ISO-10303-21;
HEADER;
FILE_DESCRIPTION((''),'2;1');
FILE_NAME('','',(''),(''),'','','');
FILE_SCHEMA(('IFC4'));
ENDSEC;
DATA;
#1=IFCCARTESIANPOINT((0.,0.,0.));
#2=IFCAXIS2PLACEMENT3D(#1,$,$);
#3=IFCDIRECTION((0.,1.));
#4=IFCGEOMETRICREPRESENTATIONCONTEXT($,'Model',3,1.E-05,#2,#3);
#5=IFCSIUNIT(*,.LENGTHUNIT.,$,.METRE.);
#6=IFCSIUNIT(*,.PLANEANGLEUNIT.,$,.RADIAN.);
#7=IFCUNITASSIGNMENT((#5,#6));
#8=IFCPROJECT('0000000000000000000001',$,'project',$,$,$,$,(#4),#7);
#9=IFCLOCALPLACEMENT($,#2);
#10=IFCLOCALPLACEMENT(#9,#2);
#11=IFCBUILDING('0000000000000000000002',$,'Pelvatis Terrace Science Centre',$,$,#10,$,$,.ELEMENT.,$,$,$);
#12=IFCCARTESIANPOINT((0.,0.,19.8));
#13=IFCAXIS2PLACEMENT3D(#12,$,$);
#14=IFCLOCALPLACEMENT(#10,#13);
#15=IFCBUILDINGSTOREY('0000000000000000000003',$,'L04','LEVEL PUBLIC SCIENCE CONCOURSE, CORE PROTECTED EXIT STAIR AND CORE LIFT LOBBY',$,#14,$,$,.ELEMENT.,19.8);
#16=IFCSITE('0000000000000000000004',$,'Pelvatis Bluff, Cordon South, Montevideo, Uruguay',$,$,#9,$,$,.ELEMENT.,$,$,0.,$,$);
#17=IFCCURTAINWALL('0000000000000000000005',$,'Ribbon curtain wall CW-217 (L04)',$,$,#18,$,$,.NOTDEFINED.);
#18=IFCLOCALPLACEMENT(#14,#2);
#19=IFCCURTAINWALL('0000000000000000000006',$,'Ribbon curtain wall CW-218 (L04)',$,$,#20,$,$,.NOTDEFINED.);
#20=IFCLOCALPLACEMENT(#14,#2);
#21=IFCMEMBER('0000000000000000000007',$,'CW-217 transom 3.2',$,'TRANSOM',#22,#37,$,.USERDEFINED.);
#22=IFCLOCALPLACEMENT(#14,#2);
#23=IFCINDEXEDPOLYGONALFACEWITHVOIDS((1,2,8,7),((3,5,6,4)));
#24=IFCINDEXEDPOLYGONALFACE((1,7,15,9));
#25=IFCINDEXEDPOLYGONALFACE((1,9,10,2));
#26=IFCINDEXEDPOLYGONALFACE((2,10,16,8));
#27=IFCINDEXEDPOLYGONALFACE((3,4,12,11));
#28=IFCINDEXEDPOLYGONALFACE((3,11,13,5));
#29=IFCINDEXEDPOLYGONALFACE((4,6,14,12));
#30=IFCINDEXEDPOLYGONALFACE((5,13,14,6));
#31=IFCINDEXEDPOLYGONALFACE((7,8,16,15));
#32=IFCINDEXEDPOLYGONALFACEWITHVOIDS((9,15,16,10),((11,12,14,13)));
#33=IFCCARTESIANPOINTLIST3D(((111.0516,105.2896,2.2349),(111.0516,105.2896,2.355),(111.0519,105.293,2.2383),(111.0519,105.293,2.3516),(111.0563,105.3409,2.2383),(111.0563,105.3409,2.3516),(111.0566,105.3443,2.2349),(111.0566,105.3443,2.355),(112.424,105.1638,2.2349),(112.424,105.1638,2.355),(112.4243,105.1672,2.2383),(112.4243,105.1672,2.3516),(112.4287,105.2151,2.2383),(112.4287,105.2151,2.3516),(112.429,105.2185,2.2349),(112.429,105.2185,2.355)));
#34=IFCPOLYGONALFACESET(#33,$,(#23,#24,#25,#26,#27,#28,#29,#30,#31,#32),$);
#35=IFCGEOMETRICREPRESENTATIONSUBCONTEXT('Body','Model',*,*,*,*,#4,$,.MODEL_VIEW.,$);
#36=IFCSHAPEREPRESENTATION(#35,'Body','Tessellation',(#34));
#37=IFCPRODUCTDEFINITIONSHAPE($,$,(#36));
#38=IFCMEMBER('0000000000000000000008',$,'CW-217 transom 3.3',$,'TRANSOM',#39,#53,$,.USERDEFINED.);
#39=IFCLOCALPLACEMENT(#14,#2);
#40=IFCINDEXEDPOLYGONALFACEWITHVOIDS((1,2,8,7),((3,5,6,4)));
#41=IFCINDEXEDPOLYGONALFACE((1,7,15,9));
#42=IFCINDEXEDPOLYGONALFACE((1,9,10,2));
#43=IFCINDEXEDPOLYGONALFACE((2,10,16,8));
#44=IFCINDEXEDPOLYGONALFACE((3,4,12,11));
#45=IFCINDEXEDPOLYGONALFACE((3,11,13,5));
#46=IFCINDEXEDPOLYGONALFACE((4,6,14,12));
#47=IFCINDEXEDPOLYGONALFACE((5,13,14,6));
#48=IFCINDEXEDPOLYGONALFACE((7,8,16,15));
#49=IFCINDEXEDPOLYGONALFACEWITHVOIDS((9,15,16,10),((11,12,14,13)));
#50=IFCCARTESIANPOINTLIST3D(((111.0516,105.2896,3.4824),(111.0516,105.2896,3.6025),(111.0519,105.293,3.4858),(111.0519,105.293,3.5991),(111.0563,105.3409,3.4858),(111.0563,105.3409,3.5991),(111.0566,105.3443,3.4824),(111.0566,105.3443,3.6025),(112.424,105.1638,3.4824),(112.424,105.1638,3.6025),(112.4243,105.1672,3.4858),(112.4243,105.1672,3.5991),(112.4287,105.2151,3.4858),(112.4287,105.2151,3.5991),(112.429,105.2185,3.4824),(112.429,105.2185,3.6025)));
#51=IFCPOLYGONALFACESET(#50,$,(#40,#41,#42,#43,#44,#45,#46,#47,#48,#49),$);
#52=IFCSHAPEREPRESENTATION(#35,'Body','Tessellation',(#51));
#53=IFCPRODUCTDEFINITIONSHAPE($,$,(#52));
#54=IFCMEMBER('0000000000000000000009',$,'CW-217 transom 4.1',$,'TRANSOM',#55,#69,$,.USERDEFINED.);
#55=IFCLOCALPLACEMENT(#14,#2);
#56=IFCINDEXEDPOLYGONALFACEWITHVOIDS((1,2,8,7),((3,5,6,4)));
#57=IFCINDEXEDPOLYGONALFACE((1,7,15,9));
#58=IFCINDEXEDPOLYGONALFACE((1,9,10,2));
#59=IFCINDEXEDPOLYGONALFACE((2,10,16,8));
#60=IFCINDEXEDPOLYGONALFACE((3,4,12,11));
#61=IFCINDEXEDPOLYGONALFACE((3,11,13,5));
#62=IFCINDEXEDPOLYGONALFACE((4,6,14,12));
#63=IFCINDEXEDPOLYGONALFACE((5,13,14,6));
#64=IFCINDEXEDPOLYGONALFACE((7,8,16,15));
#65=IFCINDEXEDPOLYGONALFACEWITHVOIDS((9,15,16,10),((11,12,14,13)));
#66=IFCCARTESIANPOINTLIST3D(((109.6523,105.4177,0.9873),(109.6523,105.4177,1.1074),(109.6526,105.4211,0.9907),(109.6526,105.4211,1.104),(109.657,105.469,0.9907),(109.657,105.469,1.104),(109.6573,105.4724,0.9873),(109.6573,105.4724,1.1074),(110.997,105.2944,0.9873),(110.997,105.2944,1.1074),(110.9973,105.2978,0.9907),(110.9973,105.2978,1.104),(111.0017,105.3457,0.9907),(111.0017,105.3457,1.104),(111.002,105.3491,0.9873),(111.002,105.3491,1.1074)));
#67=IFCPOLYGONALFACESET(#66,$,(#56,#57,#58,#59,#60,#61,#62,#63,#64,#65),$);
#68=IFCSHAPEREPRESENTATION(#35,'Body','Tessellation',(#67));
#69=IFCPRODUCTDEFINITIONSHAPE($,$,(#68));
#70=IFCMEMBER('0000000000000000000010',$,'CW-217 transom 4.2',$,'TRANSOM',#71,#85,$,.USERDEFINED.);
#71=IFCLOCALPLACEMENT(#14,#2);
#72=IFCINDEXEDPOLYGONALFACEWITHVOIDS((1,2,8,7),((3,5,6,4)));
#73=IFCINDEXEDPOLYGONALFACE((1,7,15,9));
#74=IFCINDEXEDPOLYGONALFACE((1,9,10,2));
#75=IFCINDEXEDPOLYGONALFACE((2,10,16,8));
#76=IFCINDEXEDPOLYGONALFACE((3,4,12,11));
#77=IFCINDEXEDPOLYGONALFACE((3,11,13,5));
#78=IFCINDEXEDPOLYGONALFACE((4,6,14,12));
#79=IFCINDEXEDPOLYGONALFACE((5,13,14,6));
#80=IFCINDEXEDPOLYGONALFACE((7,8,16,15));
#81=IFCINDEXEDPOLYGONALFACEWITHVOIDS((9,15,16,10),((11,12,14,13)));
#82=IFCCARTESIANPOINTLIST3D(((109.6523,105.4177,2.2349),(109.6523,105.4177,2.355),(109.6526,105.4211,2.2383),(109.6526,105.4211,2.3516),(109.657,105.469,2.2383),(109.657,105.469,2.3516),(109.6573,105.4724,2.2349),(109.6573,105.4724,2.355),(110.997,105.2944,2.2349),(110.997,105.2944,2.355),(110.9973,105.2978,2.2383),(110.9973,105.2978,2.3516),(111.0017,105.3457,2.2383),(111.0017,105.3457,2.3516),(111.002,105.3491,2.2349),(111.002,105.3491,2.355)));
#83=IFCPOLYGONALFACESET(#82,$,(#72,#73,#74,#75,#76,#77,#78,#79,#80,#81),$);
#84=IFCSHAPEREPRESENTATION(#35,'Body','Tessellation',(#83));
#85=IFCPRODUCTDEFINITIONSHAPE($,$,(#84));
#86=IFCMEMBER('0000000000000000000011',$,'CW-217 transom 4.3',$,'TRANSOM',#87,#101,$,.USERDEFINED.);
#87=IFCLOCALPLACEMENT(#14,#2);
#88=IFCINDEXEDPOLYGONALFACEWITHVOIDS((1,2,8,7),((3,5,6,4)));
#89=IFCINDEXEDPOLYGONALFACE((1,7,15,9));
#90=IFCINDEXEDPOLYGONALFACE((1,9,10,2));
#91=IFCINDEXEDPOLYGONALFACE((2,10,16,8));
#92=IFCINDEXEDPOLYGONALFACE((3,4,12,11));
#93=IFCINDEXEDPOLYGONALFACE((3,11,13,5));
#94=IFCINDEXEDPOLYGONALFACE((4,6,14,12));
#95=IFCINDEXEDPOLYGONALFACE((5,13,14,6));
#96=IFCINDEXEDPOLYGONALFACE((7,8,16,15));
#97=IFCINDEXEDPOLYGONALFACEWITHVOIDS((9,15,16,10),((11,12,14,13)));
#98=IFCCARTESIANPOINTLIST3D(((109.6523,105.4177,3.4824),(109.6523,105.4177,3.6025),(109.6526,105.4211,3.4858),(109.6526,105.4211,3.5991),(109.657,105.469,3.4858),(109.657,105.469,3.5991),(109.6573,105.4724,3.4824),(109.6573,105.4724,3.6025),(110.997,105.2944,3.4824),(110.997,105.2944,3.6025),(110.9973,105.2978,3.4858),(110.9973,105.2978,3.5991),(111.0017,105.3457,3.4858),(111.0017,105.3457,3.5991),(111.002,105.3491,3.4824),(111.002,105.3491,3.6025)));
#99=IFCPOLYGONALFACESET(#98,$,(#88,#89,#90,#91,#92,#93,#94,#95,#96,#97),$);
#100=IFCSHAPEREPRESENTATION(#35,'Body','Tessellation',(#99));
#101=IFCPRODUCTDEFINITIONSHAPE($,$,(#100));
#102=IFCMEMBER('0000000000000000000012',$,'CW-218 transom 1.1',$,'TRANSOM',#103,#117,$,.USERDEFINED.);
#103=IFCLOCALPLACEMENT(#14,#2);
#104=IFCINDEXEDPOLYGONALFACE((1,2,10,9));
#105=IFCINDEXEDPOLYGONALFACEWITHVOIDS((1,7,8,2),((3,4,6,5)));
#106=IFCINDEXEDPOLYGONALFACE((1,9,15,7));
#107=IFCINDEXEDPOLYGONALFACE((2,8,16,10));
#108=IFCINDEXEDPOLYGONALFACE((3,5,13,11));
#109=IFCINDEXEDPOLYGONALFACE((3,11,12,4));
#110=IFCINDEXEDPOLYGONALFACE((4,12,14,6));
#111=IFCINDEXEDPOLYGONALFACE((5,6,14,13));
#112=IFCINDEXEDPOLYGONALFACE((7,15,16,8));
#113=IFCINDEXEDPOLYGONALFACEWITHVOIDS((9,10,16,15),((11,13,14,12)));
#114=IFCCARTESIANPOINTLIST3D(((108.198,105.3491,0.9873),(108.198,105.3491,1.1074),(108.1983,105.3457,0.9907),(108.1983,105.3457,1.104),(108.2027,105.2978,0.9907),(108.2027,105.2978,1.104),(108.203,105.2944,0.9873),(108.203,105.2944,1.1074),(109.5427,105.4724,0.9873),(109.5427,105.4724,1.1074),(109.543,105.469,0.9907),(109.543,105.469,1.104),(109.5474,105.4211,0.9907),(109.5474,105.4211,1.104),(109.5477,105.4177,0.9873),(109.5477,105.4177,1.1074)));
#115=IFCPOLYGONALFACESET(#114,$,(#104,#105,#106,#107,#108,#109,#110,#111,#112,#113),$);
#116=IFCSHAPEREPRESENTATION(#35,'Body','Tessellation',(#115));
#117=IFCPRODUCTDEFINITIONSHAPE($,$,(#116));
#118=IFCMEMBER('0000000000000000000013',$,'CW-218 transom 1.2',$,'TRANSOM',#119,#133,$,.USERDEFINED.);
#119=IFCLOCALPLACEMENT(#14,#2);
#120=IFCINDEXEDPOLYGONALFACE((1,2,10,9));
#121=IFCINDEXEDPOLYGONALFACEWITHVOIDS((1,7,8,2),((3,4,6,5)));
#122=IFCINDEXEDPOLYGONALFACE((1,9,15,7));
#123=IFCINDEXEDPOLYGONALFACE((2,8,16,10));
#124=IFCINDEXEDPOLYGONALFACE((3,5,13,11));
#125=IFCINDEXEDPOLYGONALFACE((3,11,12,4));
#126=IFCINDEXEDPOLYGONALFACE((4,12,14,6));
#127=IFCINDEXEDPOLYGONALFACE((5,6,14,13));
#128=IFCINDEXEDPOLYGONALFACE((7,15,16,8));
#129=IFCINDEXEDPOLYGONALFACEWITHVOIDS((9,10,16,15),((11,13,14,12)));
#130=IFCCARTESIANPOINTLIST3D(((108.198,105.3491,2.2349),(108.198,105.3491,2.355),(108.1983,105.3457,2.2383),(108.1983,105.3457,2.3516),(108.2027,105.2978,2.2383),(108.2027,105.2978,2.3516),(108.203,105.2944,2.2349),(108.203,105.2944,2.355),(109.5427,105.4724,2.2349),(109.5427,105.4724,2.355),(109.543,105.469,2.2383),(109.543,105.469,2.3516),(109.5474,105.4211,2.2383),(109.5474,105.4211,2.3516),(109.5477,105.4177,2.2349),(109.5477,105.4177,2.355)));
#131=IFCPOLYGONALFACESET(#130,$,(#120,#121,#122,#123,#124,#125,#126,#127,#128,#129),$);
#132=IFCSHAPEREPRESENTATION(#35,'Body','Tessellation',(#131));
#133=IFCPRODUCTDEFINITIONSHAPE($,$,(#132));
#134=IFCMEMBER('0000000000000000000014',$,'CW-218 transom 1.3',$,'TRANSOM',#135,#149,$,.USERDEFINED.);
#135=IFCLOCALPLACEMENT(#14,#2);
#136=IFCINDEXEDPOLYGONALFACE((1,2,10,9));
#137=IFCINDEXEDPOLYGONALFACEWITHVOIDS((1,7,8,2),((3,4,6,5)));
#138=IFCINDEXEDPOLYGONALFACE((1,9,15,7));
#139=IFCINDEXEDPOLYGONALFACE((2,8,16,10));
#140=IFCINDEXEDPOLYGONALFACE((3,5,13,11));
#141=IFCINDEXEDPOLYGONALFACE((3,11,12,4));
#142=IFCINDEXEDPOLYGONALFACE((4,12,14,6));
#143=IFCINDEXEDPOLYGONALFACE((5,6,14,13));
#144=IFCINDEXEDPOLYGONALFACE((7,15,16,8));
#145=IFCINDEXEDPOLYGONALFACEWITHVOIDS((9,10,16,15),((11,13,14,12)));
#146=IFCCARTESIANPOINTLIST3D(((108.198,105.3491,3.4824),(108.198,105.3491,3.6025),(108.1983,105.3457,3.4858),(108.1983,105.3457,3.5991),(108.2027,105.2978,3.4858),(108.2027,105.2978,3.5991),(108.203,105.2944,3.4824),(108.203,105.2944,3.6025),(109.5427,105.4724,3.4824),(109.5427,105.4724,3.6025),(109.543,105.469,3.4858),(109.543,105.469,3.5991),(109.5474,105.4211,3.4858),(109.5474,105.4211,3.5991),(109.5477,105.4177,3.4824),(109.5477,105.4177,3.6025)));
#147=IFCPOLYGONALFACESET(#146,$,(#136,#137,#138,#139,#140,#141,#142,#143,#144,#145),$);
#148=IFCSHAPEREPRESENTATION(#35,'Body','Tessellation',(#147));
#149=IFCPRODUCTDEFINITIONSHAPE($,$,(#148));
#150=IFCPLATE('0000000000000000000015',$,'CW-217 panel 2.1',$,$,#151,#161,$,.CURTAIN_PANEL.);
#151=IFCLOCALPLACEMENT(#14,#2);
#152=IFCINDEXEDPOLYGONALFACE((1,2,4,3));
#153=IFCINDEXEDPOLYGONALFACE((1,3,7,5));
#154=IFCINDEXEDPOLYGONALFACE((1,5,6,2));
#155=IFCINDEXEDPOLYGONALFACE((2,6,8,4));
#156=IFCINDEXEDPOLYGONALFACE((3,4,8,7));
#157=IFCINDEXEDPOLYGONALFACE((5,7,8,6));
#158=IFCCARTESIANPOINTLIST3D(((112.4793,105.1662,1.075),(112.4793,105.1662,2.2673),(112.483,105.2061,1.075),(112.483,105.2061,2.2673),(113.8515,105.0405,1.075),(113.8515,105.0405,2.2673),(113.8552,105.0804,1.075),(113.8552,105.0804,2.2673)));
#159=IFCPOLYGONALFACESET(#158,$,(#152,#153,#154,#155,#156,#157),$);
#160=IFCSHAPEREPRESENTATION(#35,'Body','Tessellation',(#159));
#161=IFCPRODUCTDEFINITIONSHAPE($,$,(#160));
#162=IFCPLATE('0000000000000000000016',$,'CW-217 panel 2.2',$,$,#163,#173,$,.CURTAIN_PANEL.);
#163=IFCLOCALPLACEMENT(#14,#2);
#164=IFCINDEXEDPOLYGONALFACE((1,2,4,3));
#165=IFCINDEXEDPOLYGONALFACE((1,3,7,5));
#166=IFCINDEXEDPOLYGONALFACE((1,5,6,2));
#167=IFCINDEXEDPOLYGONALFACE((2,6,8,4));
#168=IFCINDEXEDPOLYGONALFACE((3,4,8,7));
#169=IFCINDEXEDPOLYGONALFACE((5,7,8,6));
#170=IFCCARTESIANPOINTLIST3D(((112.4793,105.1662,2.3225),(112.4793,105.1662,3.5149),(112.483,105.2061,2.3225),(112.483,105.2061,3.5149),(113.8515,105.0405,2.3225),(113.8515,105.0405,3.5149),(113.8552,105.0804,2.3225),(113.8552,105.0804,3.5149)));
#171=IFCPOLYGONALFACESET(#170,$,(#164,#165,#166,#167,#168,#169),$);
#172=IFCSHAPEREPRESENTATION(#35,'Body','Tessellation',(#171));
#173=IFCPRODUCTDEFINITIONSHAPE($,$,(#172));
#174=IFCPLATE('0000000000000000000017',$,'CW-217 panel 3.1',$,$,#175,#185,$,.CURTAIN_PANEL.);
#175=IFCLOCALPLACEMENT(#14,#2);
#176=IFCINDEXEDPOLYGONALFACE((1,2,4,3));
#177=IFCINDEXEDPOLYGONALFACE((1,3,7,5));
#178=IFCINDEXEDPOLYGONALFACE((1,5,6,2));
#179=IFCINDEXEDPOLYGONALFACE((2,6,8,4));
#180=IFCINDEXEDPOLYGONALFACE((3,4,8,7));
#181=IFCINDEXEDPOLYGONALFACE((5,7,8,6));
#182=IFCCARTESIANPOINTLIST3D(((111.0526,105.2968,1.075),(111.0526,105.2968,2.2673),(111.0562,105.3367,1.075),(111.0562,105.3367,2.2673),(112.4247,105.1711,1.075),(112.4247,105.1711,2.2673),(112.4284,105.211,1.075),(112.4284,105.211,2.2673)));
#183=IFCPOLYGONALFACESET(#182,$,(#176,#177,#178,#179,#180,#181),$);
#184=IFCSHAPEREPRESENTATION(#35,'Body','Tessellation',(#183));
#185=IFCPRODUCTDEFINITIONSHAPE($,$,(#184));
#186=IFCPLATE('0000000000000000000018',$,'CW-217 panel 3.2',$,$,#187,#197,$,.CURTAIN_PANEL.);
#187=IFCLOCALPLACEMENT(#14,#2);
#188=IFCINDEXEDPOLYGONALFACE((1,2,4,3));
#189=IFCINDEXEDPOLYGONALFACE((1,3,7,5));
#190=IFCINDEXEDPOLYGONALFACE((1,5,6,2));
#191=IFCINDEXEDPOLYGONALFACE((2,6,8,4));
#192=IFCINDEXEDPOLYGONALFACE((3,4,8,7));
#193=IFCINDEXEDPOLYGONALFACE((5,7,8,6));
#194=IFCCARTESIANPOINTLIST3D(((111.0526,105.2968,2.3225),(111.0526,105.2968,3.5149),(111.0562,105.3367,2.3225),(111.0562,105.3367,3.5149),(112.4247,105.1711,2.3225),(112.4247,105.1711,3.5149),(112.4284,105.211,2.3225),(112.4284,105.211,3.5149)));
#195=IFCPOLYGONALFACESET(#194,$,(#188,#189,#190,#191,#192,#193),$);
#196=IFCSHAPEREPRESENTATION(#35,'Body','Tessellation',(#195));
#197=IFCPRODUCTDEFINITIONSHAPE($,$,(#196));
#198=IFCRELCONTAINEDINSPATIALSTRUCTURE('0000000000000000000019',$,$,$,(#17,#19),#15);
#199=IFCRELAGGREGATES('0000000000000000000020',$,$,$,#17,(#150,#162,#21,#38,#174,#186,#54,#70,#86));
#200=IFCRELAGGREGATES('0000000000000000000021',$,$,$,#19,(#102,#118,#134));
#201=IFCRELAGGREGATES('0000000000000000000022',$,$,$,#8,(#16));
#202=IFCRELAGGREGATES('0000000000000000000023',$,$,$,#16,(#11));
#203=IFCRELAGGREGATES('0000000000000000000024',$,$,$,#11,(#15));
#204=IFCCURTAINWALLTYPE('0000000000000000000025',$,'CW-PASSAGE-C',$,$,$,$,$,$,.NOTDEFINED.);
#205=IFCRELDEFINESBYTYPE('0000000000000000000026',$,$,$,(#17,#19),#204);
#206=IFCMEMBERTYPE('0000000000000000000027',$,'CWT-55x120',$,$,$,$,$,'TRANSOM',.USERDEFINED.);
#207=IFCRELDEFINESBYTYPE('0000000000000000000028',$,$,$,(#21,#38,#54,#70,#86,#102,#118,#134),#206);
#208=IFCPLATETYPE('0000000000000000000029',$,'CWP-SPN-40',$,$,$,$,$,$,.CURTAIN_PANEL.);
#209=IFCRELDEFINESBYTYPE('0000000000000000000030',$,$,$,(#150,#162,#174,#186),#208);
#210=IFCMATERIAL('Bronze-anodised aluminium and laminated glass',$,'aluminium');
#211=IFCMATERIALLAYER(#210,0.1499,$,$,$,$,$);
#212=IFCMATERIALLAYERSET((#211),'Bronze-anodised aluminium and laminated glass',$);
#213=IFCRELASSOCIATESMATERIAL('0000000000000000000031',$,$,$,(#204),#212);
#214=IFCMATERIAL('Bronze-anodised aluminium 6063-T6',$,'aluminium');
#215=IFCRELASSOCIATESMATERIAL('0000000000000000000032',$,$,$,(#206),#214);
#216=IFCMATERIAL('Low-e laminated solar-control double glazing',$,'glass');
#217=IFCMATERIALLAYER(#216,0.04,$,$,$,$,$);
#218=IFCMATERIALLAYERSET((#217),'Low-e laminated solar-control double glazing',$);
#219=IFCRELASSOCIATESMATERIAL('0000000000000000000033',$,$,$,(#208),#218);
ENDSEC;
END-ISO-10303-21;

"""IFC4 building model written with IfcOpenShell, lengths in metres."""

from ifc_helpers import new_model, si_unit, direction, frame, origin, origin_2d, place, context, subcontext, project, spatial, rectangle, hollow_rectangle, extrude, material, layer, layer_set, material_profile, profile_set, type_object, element, aggregate, save


model = new_model("IFC4")

# Units and contexts
model_context = context("Model", 3, precision=1e-05, world=origin(), true_north=direction((0.0, 1.0)))
body_context = subcontext(model_context, "Body", "Model", "MODEL_VIEW")
ifc_project = project(units=[si_unit("LENGTHUNIT", "METRE"), si_unit("PLANEANGLEUNIT", "RADIAN")], contexts=[model_context])

# Site, building, storey
site_placement = place(None, origin())
site = spatial("IfcSite", under=ifc_project, at=site_placement, Name="Pelvatis Bluff, Cordon South, Montevideo, Uruguay", CompositionType="ELEMENT", RefElevation=0.0)
building_placement = place(site_placement, origin())
building = spatial("IfcBuilding", under=site, at=building_placement, Name="Pelvatis Terrace Science Centre", CompositionType="ELEMENT")
storey_placement = place(building_placement, frame((0.0, 0.0, 19.8)))
storey = spatial("IfcBuildingStorey", under=building, at=storey_placement, Name="L04", Description="LEVEL PUBLIC SCIENCE CONCOURSE, CORE PROTECTED EXIT STAIR AND CORE LIFT LOBBY", CompositionType="ELEMENT", Elevation=19.8)

# Curtain wall
ifc_material_1 = material(Name="Bronze-anodised aluminium and laminated glass", Category="aluminium")
ifc_layer_1 = layer(ifc_material_1, 0.1499)
ifc_layer_set_1 = layer_set([ifc_layer_1], Name="Bronze-anodised aluminium and laminated glass")
curtain_wall_type = type_object("IfcCurtainWallType", Name="CW-PASSAGE-C", PredefinedType="NOTDEFINED", material=ifc_layer_set_1)
curtain_wall_1_placement = place(storey_placement, origin())
curtain_wall_1 = element("IfcCurtainWall", 1, at=curtain_wall_1_placement, inside=storey, type_object=curtain_wall_type, Name="Ribbon curtain wall CW-217 (L04)", PredefinedType="NOTDEFINED")

# Curtain wall
curtain_wall_2_placement = place(storey_placement, origin())
curtain_wall_2 = element("IfcCurtainWall", 2, at=curtain_wall_2_placement, inside=storey, type_object=curtain_wall_type, Name="Ribbon curtain wall CW-218 (L04)", PredefinedType="NOTDEFINED")

# Members
ifc_material_2 = material(Name="Bronze-anodised aluminium 6063-T6", Category="aluminium")
ifc_material_profile_1 = material_profile(ifc_material_2, hollow_rectangle(XDim=0.0549, YDim=0.1201, WallThickness=0.0034, at=origin_2d()), Name="ALU-TRN 55x120")
ifc_profile_set_1 = profile_set([ifc_material_profile_1], Name="Bronze-anodised aluminium 6063-T6")
member_type_1 = type_object("IfcMemberType", Name="CWT-55x120", ElementType="TRANSOM", PredefinedType="USERDEFINED", material=ifc_profile_set_1)
member_1_placement = place(storey_placement, frame((112.4265, 105.1912, 2.2949), z_axis=(-0.995829, 0.091239, 0.0), x_axis=(-0.091239, -0.995829, 0.0)))
member_1 = element("IfcMember", 3, at=member_1_placement, type_object=member_type_1, Name="CW-217 transom 3.2", ObjectType="TRANSOM", PredefinedType="USERDEFINED", context=body_context, shape_type="SweptSolid", body=[
    extrude(hollow_rectangle(XDim=0.0549, YDim=0.1201, WallThickness=0.0034, at=origin_2d()), origin(), (0.0, 0.0, 1.0), 1.3782),
])
member_2_placement = place(storey_placement, frame((112.4265, 105.1912, 3.5425), z_axis=(-0.995829, 0.091239, 0.0), x_axis=(-0.091239, -0.995829, 0.0)))
member_2 = element("IfcMember", 4, at=member_2_placement, type_object=member_type_1, Name="CW-217 transom 3.3", ObjectType="TRANSOM", PredefinedType="USERDEFINED", context=body_context, shape_type="SweptSolid", body=[
    extrude(hollow_rectangle(XDim=0.0549, YDim=0.1201, WallThickness=0.0034, at=origin_2d()), origin(), (0.0, 0.0, 1.0), 1.3782),
])
member_3_placement = place(storey_placement, frame((110.9995, 105.3218, 1.0474), z_axis=(-0.995823, 0.091302, 0.0), x_axis=(-0.091302, -0.995823, 0.0)))
member_3 = element("IfcMember", 5, at=member_3_placement, type_object=member_type_1, Name="CW-217 transom 4.1", ObjectType="TRANSOM", PredefinedType="USERDEFINED", context=body_context, shape_type="SweptSolid", body=[
    extrude(hollow_rectangle(XDim=0.0549, YDim=0.1201, WallThickness=0.0034, at=origin_2d()), origin(), (0.0, 0.0, 1.0), 1.3503),
])
member_4_placement = place(storey_placement, frame((110.9995, 105.3218, 2.2949), z_axis=(-0.995823, 0.091302, 0.0), x_axis=(-0.091302, -0.995823, 0.0)))
member_4 = element("IfcMember", 6, at=member_4_placement, type_object=member_type_1, Name="CW-217 transom 4.2", ObjectType="TRANSOM", PredefinedType="USERDEFINED", context=body_context, shape_type="SweptSolid", body=[
    extrude(hollow_rectangle(XDim=0.0549, YDim=0.1201, WallThickness=0.0034, at=origin_2d()), origin(), (0.0, 0.0, 1.0), 1.3503),
])
member_5_placement = place(storey_placement, frame((110.9995, 105.3218, 3.5425), z_axis=(-0.995823, 0.091302, 0.0), x_axis=(-0.091302, -0.995823, 0.0)))
member_5 = element("IfcMember", 7, at=member_5_placement, type_object=member_type_1, Name="CW-217 transom 4.3", ObjectType="TRANSOM", PredefinedType="USERDEFINED", context=body_context, shape_type="SweptSolid", body=[
    extrude(hollow_rectangle(XDim=0.0549, YDim=0.1201, WallThickness=0.0034, at=origin_2d()), origin(), (0.0, 0.0, 1.0), 1.3503),
])
member_6_placement = place(storey_placement, frame((109.5452, 105.4451, 1.0474), z_axis=(-0.995823, -0.091302, 0.0), x_axis=(0.091302, -0.995823, 0.0)))
member_6 = element("IfcMember", 8, at=member_6_placement, type_object=member_type_1, Name="CW-218 transom 1.1", ObjectType="TRANSOM", PredefinedType="USERDEFINED", context=body_context, shape_type="SweptSolid", body=[
    extrude(hollow_rectangle(XDim=0.0549, YDim=0.1201, WallThickness=0.0034, at=origin_2d()), origin(), (0.0, 0.0, 1.0), 1.3503),
])
member_7_placement = place(storey_placement, frame((109.5452, 105.4451, 2.2949), z_axis=(-0.995823, -0.091302, 0.0), x_axis=(0.091302, -0.995823, 0.0)))
member_7 = element("IfcMember", 9, at=member_7_placement, type_object=member_type_1, Name="CW-218 transom 1.2", ObjectType="TRANSOM", PredefinedType="USERDEFINED", context=body_context, shape_type="SweptSolid", body=[
    extrude(hollow_rectangle(XDim=0.0549, YDim=0.1201, WallThickness=0.0034, at=origin_2d()), origin(), (0.0, 0.0, 1.0), 1.3503),
])
member_8_placement = place(storey_placement, frame((109.5452, 105.4451, 3.5425), z_axis=(-0.995823, -0.091302, 0.0), x_axis=(0.091302, -0.995823, 0.0)))
member_8 = element("IfcMember", 10, at=member_8_placement, type_object=member_type_1, Name="CW-218 transom 1.3", ObjectType="TRANSOM", PredefinedType="USERDEFINED", context=body_context, shape_type="SweptSolid", body=[
    extrude(hollow_rectangle(XDim=0.0549, YDim=0.1201, WallThickness=0.0034, at=origin_2d()), origin(), (0.0, 0.0, 1.0), 1.3503),
])

# Plates
ifc_material_3 = material(Name="Low-e laminated solar-control double glazing", Category="glass")
ifc_layer_2 = layer(ifc_material_3, 0.04)
ifc_layer_set_2 = layer_set([ifc_layer_2], Name="Low-e laminated solar-control double glazing")
plate_type = type_object("IfcPlateType", Name="CWP-SPN-40", PredefinedType="CURTAIN_PANEL", material=ifc_layer_set_2)
plate_1_placement = place(storey_placement, frame((113.1672, 105.1233, 1.075), z_axis=(0.0, 0.0, 1.0), x_axis=(-0.995831, 0.091214, 0.0)))
plate_1 = element("IfcPlate", 11, at=plate_1_placement, type_object=plate_type, Name="CW-217 panel 2.1", PredefinedType="CURTAIN_PANEL", context=body_context, shape_type="SweptSolid", body=[
    extrude(rectangle(XDim=1.3779, YDim=0.04, at=origin_2d()), origin(), (0.0, 0.0, 1.0), 1.1924),
])
plate_2_placement = place(storey_placement, frame((113.1672, 105.1233, 2.3225), z_axis=(0.0, 0.0, 1.0), x_axis=(-0.995831, 0.091214, 0.0)))
plate_2 = element("IfcPlate", 12, at=plate_2_placement, type_object=plate_type, Name="CW-217 panel 2.2", PredefinedType="CURTAIN_PANEL", context=body_context, shape_type="SweptSolid", body=[
    extrude(rectangle(XDim=1.3779, YDim=0.04, at=origin_2d()), origin(), (0.0, 0.0, 1.0), 1.1924),
])
plate_3_placement = place(storey_placement, frame((111.7405, 105.2539, 1.075), z_axis=(0.0, 0.0, 1.0), x_axis=(-0.995831, 0.091214, 0.0)))
plate_3 = element("IfcPlate", 13, at=plate_3_placement, type_object=plate_type, Name="CW-217 panel 3.1", PredefinedType="CURTAIN_PANEL", context=body_context, shape_type="SweptSolid", body=[
    extrude(rectangle(XDim=1.3779, YDim=0.04, at=origin_2d()), origin(), (0.0, 0.0, 1.0), 1.1924),
])
plate_4_placement = place(storey_placement, frame((111.7405, 105.2539, 2.3225), z_axis=(0.0, 0.0, 1.0), x_axis=(-0.995831, 0.091214, 0.0)))
plate_4 = element("IfcPlate", 14, at=plate_4_placement, type_object=plate_type, Name="CW-217 panel 3.2", PredefinedType="CURTAIN_PANEL", context=body_context, shape_type="SweptSolid", body=[
    extrude(rectangle(XDim=1.3779, YDim=0.04, at=origin_2d()), origin(), (0.0, 0.0, 1.0), 1.1924),
])
aggregate(curtain_wall_1, [plate_1, plate_2, member_1, member_2, plate_3, plate_4, member_3, member_4, member_5])
aggregate(curtain_wall_2, [member_6, member_7, member_8])

save(model, "model.ifc")
